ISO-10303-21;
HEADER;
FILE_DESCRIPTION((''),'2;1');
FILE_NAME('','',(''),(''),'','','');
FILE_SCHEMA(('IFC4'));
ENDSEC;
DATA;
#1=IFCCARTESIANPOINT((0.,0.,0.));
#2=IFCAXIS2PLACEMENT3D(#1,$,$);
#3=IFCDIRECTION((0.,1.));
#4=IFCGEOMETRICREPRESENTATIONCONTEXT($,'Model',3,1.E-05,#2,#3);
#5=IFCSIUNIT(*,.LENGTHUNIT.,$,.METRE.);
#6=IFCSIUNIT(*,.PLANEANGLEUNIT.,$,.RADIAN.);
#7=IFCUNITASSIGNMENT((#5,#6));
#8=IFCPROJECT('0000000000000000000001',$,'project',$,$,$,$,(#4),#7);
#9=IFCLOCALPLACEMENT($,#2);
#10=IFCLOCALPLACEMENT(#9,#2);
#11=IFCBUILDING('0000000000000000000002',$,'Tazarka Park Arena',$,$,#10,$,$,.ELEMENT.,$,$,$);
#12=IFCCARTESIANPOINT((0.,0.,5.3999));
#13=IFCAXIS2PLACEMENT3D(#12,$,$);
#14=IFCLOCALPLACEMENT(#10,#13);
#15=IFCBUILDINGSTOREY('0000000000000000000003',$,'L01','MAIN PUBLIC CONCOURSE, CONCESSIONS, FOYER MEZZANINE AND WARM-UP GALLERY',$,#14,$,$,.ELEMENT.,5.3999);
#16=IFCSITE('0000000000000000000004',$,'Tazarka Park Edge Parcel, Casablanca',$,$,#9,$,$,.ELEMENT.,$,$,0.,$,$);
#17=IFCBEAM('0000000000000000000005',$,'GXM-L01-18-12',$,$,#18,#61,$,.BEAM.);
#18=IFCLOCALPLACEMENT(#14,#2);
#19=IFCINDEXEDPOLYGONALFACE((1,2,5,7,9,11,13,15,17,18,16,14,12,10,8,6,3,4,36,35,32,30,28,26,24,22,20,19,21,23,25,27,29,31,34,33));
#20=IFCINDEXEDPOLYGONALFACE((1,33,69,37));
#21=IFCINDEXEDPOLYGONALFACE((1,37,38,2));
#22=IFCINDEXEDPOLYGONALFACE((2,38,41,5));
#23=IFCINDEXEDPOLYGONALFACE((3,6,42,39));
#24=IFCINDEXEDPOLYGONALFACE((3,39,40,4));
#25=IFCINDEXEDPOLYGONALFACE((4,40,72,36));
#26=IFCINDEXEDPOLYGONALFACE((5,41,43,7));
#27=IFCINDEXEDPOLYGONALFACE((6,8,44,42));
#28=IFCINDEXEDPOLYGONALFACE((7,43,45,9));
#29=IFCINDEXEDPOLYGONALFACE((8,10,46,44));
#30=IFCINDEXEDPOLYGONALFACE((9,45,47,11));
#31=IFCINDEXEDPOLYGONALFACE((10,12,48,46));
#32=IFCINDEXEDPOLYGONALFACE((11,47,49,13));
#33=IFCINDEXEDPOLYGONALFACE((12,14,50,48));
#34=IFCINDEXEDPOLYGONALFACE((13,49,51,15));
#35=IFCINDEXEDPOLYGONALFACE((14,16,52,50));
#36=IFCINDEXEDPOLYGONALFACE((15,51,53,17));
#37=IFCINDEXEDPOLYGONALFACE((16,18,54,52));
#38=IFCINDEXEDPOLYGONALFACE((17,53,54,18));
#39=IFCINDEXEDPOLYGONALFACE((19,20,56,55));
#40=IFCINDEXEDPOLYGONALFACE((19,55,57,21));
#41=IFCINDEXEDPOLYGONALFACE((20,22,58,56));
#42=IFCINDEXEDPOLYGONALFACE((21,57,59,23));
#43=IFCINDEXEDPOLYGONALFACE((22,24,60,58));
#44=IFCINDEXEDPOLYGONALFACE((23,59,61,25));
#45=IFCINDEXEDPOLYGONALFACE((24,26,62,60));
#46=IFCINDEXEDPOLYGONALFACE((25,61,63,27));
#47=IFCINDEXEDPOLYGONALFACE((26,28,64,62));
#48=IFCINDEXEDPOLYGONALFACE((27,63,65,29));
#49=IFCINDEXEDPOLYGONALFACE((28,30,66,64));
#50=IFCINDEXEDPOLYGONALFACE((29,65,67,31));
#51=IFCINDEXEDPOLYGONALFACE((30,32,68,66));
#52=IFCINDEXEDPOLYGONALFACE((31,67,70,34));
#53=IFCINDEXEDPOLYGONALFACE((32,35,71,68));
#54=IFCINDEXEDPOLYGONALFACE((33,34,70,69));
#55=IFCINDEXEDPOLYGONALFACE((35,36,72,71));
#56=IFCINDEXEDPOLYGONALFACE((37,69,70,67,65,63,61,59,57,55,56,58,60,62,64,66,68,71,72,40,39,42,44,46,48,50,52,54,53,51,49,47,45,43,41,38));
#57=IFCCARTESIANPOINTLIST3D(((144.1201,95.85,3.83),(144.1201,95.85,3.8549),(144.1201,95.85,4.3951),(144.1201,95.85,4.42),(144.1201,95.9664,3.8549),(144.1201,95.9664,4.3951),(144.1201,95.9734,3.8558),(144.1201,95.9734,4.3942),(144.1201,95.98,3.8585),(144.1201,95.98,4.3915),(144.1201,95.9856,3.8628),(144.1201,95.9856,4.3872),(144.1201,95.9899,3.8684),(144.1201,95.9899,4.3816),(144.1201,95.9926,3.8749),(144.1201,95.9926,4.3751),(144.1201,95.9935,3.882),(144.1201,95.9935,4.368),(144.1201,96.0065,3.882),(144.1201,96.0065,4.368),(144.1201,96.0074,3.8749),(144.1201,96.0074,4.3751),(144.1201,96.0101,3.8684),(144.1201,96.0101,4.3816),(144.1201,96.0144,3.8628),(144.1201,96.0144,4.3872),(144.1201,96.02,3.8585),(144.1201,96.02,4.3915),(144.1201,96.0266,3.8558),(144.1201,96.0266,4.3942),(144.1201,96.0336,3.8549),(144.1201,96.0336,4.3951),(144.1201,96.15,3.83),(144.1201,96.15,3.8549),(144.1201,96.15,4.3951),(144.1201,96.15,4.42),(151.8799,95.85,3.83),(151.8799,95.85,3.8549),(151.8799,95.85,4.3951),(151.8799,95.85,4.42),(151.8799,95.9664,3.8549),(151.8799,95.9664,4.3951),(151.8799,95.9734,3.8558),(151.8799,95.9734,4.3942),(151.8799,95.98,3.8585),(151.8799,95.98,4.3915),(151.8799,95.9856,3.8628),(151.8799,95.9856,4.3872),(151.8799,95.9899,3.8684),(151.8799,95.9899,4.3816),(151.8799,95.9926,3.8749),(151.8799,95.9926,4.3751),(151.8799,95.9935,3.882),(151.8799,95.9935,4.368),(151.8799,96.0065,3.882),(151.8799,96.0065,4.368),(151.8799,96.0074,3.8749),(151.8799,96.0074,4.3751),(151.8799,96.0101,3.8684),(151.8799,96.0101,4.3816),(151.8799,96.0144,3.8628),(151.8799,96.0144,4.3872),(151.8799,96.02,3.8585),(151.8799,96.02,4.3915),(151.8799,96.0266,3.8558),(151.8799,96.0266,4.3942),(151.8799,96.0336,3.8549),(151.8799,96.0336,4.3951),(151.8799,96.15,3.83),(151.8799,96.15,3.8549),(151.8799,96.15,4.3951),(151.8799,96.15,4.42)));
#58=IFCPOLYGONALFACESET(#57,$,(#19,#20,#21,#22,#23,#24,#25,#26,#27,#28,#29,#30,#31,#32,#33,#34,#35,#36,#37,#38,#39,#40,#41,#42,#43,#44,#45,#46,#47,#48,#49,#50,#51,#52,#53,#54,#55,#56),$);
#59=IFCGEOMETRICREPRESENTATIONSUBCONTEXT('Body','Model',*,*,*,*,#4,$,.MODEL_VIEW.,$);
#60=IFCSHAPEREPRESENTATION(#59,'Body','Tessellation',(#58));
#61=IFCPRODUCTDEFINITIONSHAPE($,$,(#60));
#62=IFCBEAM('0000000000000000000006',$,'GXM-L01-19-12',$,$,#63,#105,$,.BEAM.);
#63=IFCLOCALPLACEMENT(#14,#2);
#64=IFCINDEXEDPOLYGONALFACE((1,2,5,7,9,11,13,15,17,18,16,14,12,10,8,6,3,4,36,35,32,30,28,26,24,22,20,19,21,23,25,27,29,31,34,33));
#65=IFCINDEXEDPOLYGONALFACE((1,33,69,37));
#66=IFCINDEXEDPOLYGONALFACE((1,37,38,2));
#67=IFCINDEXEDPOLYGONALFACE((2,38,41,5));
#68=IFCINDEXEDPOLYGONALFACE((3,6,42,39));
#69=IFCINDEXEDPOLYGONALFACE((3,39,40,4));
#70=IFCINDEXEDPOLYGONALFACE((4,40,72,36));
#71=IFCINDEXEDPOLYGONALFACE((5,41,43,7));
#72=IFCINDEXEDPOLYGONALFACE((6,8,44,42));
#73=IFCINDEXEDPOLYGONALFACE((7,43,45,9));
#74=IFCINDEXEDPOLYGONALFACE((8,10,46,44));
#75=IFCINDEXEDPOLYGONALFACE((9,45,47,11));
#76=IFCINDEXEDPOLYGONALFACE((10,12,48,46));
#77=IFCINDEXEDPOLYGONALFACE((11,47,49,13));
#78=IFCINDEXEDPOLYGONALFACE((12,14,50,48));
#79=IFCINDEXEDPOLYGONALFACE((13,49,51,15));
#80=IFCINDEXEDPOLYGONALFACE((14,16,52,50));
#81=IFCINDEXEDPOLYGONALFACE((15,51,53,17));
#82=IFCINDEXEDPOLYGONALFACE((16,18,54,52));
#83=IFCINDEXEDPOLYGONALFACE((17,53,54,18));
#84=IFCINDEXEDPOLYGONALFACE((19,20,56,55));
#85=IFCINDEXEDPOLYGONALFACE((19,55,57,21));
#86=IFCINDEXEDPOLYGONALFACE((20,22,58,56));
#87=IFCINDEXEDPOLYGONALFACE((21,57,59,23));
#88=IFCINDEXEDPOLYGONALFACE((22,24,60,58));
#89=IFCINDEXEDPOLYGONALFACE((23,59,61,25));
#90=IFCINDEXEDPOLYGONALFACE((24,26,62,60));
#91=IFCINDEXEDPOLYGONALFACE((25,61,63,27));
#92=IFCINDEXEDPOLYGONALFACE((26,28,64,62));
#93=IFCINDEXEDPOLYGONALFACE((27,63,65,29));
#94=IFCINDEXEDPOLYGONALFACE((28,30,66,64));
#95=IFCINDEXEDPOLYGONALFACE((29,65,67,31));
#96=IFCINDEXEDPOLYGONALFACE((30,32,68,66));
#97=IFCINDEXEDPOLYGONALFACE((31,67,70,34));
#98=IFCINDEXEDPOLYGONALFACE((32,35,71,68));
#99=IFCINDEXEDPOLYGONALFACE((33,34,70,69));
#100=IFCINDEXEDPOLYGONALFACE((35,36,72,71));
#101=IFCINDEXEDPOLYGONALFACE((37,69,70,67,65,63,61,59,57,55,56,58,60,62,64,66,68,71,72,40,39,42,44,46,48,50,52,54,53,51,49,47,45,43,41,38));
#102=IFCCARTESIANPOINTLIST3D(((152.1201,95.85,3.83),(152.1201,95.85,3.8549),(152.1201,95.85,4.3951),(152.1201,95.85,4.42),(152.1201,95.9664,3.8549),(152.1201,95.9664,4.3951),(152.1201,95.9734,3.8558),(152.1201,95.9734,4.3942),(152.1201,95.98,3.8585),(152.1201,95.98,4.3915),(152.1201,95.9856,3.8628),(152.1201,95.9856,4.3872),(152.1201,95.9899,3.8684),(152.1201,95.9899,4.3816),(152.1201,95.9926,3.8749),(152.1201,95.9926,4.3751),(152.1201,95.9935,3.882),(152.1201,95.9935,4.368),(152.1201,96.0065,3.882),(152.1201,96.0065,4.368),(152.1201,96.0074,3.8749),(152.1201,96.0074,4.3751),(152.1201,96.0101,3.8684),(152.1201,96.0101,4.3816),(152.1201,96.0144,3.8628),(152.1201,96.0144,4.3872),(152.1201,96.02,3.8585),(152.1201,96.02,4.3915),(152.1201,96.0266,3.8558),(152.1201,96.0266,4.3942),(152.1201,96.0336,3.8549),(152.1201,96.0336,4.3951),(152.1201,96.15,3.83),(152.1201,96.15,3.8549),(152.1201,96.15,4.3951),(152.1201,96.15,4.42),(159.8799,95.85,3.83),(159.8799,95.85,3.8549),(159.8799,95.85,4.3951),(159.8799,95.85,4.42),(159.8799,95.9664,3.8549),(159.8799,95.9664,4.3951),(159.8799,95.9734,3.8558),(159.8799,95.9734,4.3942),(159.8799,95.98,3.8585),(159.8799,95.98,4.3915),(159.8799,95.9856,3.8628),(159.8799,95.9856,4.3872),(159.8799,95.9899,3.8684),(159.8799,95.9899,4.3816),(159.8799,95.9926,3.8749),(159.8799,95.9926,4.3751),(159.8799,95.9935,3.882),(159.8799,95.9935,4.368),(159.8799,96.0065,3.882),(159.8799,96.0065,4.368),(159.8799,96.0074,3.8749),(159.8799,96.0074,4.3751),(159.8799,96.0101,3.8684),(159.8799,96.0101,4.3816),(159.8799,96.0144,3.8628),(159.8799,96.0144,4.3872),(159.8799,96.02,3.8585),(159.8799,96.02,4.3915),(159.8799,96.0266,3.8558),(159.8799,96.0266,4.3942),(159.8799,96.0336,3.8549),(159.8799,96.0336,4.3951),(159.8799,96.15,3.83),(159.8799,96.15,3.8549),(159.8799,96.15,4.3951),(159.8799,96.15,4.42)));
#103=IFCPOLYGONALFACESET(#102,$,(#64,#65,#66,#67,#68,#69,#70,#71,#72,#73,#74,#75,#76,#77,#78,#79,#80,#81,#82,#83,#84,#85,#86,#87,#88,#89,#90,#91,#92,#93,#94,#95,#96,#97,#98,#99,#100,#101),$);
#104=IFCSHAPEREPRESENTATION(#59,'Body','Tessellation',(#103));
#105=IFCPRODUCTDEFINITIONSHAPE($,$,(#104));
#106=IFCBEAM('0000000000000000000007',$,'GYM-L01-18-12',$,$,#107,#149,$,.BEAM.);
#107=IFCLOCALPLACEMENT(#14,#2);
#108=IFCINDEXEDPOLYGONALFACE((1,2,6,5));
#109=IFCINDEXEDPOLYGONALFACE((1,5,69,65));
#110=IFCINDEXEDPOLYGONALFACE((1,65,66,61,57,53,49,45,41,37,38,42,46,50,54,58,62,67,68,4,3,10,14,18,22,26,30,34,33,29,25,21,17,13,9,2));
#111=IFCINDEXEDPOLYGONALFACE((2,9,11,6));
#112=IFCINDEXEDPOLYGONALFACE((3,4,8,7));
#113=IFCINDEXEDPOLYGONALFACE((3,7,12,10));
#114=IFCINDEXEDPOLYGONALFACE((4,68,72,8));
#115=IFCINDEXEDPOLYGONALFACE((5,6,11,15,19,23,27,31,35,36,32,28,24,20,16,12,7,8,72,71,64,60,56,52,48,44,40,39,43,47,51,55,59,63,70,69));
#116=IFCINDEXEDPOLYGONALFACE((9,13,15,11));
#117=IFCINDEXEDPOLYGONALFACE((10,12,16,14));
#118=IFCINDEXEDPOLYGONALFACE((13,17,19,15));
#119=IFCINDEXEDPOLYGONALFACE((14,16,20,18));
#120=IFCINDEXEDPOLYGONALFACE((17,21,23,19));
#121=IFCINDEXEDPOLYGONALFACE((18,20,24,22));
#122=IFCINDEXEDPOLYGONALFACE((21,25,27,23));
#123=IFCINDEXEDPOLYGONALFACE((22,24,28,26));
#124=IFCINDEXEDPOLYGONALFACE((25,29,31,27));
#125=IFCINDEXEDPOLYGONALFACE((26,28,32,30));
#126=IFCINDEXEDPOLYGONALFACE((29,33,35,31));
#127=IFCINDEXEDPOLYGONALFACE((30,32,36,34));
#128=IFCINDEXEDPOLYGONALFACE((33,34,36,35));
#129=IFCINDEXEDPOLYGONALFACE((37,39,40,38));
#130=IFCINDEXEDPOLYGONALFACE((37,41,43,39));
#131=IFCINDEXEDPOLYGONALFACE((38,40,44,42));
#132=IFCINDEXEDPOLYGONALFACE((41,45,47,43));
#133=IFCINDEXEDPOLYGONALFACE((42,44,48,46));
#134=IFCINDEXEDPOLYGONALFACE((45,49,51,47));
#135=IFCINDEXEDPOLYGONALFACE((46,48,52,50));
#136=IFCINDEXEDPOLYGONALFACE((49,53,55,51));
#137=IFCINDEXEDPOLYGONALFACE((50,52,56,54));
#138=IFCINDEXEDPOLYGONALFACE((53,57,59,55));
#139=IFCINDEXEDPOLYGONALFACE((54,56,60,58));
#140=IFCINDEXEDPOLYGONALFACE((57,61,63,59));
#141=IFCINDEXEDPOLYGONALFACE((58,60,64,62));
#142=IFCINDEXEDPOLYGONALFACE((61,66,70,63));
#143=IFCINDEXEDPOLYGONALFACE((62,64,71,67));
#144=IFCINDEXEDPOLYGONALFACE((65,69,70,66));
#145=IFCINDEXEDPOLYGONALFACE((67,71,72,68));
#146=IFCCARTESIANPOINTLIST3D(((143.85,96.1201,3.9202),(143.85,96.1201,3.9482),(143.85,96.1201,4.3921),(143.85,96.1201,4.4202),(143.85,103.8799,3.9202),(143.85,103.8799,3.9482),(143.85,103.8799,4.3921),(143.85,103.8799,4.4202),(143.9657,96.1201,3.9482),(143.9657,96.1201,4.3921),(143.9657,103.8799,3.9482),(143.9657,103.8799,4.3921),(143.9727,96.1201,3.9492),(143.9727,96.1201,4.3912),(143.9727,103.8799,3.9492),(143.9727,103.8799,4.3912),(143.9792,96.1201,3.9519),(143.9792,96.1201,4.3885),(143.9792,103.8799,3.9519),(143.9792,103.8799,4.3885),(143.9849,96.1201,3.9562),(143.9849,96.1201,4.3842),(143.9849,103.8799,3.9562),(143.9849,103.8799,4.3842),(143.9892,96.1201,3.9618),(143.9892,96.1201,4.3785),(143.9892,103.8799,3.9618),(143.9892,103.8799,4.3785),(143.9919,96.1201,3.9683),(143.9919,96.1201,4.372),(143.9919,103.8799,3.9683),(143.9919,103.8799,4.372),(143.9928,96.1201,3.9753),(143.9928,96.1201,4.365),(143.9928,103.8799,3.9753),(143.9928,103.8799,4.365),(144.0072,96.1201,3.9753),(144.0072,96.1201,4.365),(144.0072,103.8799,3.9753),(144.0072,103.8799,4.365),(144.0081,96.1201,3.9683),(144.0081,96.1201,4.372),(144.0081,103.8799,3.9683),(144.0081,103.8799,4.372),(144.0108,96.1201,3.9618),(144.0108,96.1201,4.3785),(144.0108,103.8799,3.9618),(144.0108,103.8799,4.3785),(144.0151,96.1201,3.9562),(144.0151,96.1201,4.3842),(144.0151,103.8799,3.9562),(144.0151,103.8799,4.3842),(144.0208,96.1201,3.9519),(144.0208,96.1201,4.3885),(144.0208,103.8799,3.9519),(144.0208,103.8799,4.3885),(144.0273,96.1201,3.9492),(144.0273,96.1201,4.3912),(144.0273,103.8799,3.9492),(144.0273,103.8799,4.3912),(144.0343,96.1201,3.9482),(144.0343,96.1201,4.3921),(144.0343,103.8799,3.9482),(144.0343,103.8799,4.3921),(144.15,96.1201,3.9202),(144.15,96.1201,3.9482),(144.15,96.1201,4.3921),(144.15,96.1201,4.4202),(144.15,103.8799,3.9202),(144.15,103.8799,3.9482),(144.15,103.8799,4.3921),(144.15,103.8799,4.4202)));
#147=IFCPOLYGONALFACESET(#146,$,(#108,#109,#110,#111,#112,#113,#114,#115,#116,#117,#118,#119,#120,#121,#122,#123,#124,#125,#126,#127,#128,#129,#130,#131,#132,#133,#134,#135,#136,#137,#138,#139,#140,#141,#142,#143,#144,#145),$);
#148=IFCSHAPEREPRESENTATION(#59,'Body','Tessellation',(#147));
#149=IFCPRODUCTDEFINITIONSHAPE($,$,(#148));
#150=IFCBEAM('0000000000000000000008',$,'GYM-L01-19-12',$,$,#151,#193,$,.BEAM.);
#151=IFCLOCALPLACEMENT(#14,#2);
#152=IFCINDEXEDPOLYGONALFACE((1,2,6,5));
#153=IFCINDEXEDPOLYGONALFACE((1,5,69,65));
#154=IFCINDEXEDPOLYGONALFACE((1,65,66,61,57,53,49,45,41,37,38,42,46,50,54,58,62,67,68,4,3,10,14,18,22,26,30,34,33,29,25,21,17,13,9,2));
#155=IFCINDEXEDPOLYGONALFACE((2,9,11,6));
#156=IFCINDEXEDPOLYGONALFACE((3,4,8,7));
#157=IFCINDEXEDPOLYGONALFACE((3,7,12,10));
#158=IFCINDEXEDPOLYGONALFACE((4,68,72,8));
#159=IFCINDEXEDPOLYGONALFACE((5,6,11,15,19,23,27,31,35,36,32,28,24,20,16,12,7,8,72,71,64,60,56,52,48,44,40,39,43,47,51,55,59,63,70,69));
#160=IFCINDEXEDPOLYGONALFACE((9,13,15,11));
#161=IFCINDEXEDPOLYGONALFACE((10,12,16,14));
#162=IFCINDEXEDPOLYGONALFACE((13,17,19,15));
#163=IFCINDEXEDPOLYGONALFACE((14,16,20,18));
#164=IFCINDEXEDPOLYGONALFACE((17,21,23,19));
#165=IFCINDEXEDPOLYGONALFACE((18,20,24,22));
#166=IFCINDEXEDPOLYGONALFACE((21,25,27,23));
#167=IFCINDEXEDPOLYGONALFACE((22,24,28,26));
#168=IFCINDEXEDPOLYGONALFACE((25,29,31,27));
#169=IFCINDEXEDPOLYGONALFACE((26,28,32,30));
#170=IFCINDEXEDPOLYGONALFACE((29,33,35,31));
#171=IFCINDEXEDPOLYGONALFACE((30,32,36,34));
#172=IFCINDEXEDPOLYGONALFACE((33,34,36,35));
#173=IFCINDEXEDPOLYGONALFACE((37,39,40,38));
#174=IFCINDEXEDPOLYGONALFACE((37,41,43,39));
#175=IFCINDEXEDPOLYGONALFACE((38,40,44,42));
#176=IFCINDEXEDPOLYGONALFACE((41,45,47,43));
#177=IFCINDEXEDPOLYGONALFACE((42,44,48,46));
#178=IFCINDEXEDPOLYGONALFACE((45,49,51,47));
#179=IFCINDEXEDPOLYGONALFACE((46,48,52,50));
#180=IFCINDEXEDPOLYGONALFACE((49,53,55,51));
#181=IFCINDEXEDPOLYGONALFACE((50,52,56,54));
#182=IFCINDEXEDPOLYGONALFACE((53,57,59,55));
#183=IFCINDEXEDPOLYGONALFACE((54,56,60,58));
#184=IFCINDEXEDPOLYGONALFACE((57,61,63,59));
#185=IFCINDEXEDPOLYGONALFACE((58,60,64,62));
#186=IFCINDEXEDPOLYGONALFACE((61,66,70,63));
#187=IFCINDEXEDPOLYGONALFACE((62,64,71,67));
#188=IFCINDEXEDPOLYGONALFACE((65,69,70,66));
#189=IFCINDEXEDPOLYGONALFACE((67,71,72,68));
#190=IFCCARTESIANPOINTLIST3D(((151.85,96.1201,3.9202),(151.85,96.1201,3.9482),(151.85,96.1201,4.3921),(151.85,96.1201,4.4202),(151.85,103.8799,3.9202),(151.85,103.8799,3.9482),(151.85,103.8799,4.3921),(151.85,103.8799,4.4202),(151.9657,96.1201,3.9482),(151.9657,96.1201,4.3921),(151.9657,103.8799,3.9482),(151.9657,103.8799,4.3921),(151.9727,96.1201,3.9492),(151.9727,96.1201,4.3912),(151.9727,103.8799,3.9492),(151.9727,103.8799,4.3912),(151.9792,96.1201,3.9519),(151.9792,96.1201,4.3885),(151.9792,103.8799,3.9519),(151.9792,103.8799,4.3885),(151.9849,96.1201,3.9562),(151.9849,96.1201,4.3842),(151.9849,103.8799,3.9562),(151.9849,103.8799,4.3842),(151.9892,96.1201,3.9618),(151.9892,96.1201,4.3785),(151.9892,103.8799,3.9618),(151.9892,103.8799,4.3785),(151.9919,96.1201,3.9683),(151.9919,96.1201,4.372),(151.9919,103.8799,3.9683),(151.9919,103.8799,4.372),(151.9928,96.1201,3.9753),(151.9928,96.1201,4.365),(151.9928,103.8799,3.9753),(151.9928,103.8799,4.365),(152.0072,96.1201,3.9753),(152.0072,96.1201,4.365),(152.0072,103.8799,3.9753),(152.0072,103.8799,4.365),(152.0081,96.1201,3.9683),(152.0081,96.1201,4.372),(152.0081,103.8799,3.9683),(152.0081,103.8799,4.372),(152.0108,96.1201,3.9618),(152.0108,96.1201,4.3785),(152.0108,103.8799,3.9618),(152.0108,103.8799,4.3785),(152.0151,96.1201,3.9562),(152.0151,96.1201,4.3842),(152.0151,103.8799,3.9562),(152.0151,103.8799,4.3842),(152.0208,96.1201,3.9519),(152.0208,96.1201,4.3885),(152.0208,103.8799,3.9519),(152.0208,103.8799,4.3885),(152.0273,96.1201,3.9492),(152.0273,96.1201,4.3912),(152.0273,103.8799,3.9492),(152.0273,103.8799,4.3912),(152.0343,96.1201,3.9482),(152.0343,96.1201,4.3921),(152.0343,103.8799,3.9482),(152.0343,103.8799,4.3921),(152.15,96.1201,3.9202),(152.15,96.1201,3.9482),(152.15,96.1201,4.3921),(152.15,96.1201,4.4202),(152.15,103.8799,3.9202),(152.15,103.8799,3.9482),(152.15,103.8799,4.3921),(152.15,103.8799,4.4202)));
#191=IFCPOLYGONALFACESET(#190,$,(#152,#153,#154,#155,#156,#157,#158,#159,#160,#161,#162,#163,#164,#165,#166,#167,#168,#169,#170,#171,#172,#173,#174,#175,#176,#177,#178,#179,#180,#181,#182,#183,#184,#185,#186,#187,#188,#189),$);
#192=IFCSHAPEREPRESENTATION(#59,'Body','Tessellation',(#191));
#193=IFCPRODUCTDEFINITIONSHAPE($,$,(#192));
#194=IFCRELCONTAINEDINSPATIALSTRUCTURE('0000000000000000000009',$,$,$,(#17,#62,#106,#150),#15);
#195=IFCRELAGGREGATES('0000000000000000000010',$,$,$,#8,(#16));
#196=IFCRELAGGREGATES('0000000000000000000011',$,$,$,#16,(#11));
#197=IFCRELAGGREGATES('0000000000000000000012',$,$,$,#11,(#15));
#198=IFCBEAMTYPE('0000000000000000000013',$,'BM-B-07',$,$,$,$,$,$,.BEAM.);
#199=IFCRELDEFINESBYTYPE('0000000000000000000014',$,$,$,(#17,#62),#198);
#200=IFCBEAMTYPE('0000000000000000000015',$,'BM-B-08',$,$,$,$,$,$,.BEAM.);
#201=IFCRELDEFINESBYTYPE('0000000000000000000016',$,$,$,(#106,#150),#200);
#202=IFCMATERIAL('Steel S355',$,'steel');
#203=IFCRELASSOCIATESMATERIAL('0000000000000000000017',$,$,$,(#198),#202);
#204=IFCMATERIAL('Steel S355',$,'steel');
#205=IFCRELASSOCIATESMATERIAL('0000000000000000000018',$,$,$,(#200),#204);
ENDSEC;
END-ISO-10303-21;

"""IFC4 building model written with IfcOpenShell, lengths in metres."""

from ifc_helpers import new_model, si_unit, direction, frame, origin, origin_2d, place, context, subcontext, project, spatial, i_section, extrude, material, material_profile, profile_set, type_object, element, save


model = new_model("IFC4")

# Units and contexts
model_context = context("Model", 3, precision=1e-05, world=origin(), true_north=direction((0.0, 1.0)))
body_context = subcontext(model_context, "Body", "Model", "MODEL_VIEW")
ifc_project = project(units=[si_unit("LENGTHUNIT", "METRE"), si_unit("PLANEANGLEUNIT", "RADIAN")], contexts=[model_context])

# Site, building, storey
site_placement = place(None, origin())
site = spatial("IfcSite", under=ifc_project, at=site_placement, Name="Tazarka Park Edge Parcel, Casablanca", CompositionType="ELEMENT", RefElevation=0.0)
building_placement = place(site_placement, origin())
building = spatial("IfcBuilding", under=site, at=building_placement, Name="Tazarka Park Arena", CompositionType="ELEMENT")
storey_placement = place(building_placement, frame((0.0, 0.0, 5.3999)))
storey = spatial("IfcBuildingStorey", under=building, at=storey_placement, Name="L01", Description="MAIN PUBLIC CONCOURSE, CONCESSIONS, FOYER MEZZANINE AND WARM-UP GALLERY", CompositionType="ELEMENT", Elevation=5.3999)

# Beams
ifc_material_1 = material(Name="Steel S355", Category="steel")
ifc_material_profile_1 = material_profile(ifc_material_1, i_section(OverallWidth=0.3, OverallDepth=0.5901, WebThickness=0.0129, FlangeThickness=0.0249, FilletRadius=0.0271, at=origin_2d()), Name="Steel S355")
ifc_profile_set_1 = profile_set([ifc_material_profile_1], Name="Steel S355")
beam_type_1 = type_object("IfcBeamType", Name="BM-B-07", PredefinedType="BEAM", material=ifc_profile_set_1)
for number, where, z_axis, x_axis, name in (
    (1, (144.1201, 96.0, 4.125), (1.0, 0.0, 0.0), (0.0, 1.0, 0.0), "GXM-L01-18-12"),
    (2, (152.1201, 96.0, 4.125), (1.0, 0.0, 0.0), (0.0, 1.0, 0.0), "GXM-L01-19-12"),
):
    element("IfcBeam", number, at=place(storey_placement, frame(where, z_axis=z_axis, x_axis=x_axis)), inside=storey, type_object=beam_type_1, Name=name, PredefinedType="BEAM", context=body_context, shape_type="SweptSolid", body=[
        extrude(i_section(OverallWidth=0.3, OverallDepth=0.5901, WebThickness=0.0129, FlangeThickness=0.0249, FilletRadius=0.0271, at=origin_2d()), origin(), (0.0, 0.0, 1.0), 7.7598),
    ])
ifc_material_2 = material(Name="Steel S355", Category="steel")
ifc_material_profile_2 = material_profile(ifc_material_2, i_section(OverallWidth=0.3, OverallDepth=0.5, WebThickness=0.0144, FlangeThickness=0.0281, FilletRadius=0.0271, at=origin_2d()), Name="Steel S355")
ifc_profile_set_2 = profile_set([ifc_material_profile_2], Name="Steel S355")
beam_type_2 = type_object("IfcBeamType", Name="BM-B-08", PredefinedType="BEAM", material=ifc_profile_set_2)
for number, where, z_axis, x_axis, name in (
    (3, (144.0, 96.1201, 4.1702), (0.0, 1.0, 0.0), (-1.0, 0.0, 0.0), "GYM-L01-18-12"),
    (4, (152.0, 96.1201, 4.1702), (0.0, 1.0, 0.0), (-1.0, 0.0, 0.0), "GYM-L01-19-12"),
):
    element("IfcBeam", number, at=place(storey_placement, frame(where, z_axis=z_axis, x_axis=x_axis)), inside=storey, type_object=beam_type_2, Name=name, PredefinedType="BEAM", context=body_context, shape_type="SweptSolid", body=[
        extrude(i_section(OverallWidth=0.3, OverallDepth=0.5, WebThickness=0.0144, FlangeThickness=0.0281, FilletRadius=0.0271, at=origin_2d()), origin(), (0.0, 0.0, 1.0), 7.7598),
    ])

save(model, "model.ifc")
